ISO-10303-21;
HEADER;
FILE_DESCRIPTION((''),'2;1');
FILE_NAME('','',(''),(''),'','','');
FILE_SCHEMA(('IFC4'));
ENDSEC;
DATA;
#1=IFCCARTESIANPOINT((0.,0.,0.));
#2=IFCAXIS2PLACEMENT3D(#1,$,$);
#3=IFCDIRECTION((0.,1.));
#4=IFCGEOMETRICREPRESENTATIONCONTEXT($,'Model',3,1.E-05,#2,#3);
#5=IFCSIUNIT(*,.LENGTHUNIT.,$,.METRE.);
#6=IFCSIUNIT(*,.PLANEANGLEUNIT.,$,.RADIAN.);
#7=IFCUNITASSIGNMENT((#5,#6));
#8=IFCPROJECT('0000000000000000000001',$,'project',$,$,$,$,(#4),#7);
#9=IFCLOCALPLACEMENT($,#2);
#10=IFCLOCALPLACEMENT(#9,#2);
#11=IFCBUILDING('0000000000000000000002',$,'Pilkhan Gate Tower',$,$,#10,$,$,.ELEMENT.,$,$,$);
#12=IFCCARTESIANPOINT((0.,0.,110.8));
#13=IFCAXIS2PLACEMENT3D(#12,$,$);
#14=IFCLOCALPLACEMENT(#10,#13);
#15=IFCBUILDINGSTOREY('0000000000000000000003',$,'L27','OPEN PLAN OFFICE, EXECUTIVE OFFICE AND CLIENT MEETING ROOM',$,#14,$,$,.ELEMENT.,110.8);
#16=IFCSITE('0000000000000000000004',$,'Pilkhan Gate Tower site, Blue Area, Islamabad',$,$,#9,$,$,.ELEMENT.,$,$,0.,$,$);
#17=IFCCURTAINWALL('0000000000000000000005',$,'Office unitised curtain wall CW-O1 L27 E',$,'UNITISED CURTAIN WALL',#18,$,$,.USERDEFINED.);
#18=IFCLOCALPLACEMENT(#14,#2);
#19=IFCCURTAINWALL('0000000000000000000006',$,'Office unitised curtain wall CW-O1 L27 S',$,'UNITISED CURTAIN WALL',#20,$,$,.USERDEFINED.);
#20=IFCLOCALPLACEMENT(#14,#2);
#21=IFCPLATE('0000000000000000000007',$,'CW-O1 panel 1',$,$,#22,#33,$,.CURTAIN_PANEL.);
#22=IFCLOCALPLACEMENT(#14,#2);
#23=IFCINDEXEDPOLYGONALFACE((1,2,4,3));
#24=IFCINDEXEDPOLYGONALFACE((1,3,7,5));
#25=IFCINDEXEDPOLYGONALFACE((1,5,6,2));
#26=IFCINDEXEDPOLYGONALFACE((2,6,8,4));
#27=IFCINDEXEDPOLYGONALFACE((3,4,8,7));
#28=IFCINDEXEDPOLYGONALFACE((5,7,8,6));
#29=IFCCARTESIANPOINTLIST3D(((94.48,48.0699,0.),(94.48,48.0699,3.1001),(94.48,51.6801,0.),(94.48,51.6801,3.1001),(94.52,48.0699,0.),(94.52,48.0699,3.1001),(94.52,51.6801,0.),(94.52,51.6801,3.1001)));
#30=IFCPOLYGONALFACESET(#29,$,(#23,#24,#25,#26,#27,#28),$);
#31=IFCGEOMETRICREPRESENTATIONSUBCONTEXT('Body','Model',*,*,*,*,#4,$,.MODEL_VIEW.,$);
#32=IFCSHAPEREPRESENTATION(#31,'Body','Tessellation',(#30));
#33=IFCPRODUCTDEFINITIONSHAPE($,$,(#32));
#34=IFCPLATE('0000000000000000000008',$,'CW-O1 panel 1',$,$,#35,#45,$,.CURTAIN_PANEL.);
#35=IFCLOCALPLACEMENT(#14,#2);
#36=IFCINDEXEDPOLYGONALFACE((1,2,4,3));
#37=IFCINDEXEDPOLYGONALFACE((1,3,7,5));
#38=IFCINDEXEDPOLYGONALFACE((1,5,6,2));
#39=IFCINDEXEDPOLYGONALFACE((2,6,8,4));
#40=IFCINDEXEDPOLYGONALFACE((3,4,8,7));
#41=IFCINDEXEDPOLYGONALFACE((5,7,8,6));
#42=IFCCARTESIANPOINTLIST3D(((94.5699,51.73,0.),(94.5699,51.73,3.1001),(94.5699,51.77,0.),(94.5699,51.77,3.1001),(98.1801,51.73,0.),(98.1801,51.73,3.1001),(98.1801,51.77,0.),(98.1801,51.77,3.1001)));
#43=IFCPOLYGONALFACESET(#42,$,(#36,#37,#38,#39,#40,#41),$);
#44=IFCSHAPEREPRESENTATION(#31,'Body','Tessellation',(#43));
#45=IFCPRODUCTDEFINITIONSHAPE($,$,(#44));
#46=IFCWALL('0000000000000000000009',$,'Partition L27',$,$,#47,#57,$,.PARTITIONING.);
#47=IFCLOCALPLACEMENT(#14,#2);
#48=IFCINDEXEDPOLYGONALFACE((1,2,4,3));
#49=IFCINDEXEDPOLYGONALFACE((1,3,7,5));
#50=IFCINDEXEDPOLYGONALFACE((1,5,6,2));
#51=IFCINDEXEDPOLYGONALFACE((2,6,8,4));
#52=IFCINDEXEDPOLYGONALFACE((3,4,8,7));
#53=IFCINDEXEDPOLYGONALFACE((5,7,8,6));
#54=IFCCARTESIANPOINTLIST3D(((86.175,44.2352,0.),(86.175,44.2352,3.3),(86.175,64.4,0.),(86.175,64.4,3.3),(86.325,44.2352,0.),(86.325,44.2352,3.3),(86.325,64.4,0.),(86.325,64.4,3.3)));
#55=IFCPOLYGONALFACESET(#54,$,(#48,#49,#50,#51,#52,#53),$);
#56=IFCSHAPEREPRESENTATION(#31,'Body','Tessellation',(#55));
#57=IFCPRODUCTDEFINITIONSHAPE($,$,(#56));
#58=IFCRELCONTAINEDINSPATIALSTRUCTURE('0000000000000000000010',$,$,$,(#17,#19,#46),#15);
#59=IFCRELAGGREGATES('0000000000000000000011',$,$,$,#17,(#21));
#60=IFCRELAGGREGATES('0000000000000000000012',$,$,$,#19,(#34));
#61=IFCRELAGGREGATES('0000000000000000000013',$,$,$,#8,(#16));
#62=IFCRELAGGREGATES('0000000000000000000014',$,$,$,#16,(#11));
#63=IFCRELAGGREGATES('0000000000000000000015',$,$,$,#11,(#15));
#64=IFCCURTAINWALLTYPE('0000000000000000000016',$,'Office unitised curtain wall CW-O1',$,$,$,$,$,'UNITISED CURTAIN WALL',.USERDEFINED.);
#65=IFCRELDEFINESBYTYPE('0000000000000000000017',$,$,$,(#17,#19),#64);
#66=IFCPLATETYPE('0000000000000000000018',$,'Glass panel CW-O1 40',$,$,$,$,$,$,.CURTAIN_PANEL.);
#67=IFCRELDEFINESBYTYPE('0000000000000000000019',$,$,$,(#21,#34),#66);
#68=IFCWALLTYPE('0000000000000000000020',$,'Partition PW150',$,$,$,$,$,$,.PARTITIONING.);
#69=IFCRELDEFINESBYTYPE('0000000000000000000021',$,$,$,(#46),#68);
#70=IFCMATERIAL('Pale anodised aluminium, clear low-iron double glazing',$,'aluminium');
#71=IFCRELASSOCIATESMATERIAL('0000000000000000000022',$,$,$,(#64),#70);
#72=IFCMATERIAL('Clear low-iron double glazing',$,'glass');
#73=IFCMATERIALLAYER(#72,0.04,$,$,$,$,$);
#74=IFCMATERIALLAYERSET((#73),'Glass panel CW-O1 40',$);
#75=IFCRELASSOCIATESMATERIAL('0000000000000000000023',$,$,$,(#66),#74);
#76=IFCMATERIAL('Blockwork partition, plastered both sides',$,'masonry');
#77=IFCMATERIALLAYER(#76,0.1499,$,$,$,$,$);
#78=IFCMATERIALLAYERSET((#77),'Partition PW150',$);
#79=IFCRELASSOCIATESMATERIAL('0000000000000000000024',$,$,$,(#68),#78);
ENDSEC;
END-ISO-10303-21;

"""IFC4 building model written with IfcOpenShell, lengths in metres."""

from ifc_helpers import new_model, si_unit, direction, frame, frame_2d, origin, origin_2d, place, context, subcontext, project, spatial, rectangle, extrude, material, layer, layer_set, type_object, element, aggregate, save


model = new_model("IFC4")

# Units and contexts
model_context = context("Model", 3, precision=1e-05, world=origin(), true_north=direction((0.0, 1.0)))
body_context = subcontext(model_context, "Body", "Model", "MODEL_VIEW")
ifc_project = project(units=[si_unit("LENGTHUNIT", "METRE"), si_unit("PLANEANGLEUNIT", "RADIAN")], contexts=[model_context])

# Site, building, storey
site_placement = place(None, origin())
site = spatial("IfcSite", under=ifc_project, at=site_placement, Name="Pilkhan Gate Tower site, Blue Area, Islamabad", CompositionType="ELEMENT", RefElevation=0.0)
building_placement = place(site_placement, origin())
building = spatial("IfcBuilding", under=site, at=building_placement, Name="Pilkhan Gate Tower", CompositionType="ELEMENT")
storey_placement = place(building_placement, frame((0.0, 0.0, 110.8)))
storey = spatial("IfcBuildingStorey", under=building, at=storey_placement, Name="L27", Description="OPEN PLAN OFFICE, EXECUTIVE OFFICE AND CLIENT MEETING ROOM", CompositionType="ELEMENT", Elevation=110.8)

# Shared definitions
ifc_material_1 = material(Name="Pale anodised aluminium, clear low-iron double glazing", Category="aluminium")
curtain_wall_type = type_object("IfcCurtainWallType", Name="Office unitised curtain wall CW-O1", ElementType="UNITISED CURTAIN WALL", PredefinedType="USERDEFINED", material=ifc_material_1)

# Curtain walls
curtain_wall_1_placement = place(storey_placement, origin())
curtain_wall_1 = element("IfcCurtainWall", 1, at=curtain_wall_1_placement, inside=storey, type_object=curtain_wall_type, Name="Office unitised curtain wall CW-O1 L27 E", ObjectType="UNITISED CURTAIN WALL", PredefinedType="USERDEFINED")
curtain_wall_2_placement = place(storey_placement, origin())
curtain_wall_2 = element("IfcCurtainWall", 2, at=curtain_wall_2_placement, inside=storey, type_object=curtain_wall_type, Name="Office unitised curtain wall CW-O1 L27 S", ObjectType="UNITISED CURTAIN WALL", PredefinedType="USERDEFINED")

# Plates
ifc_material_2 = material(Name="Clear low-iron double glazing", Category="glass")
ifc_layer_1 = layer(ifc_material_2, 0.04)
ifc_layer_set_1 = layer_set([ifc_layer_1], Name="Glass panel CW-O1 40")
plate_type = type_object("IfcPlateType", Name="Glass panel CW-O1 40", PredefinedType="CURTAIN_PANEL", material=ifc_layer_set_1)
plate_1_placement = place(storey_placement, frame((94.5, 49.875, 0.0), z_axis=(0.0, 0.0, 1.0), x_axis=(0.0, 1.0, 0.0)))
plate_1 = element("IfcPlate", 3, at=plate_1_placement, type_object=plate_type, Name="CW-O1 panel 1", PredefinedType="CURTAIN_PANEL", context=body_context, shape_type="SweptSolid", body=[
    extrude(rectangle(XDim=3.6101, YDim=0.04, at=origin_2d()), origin(), (0.0, 0.0, 1.0), 3.1001),
])
aggregate(curtain_wall_1, [plate_1])
plate_2_placement = place(storey_placement, frame((96.375, 51.75, 0.0), z_axis=(0.0, 0.0, 1.0), x_axis=(1.0, 0.0, 0.0)))
plate_2 = element("IfcPlate", 4, at=plate_2_placement, type_object=plate_type, Name="CW-O1 panel 1", PredefinedType="CURTAIN_PANEL", context=body_context, shape_type="SweptSolid", body=[
    extrude(rectangle(XDim=3.6101, YDim=0.04, at=origin_2d()), origin(), (0.0, 0.0, 1.0), 3.1001),
])
aggregate(curtain_wall_2, [plate_2])

# Wall
ifc_material_3 = material(Name="Blockwork partition, plastered both sides", Category="masonry")
ifc_layer_2 = layer(ifc_material_3, 0.1499)
ifc_layer_set_2 = layer_set([ifc_layer_2], Name="Partition PW150")
wall_type = type_object("IfcWallType", Name="Partition PW150", PredefinedType="PARTITIONING", material=ifc_layer_set_2)
wall_placement = place(storey_placement, frame((86.25, 44.2351, 0.0), z_axis=(0.0, 0.0, 1.0), x_axis=(0.0, 1.0, 0.0)))
element("IfcWall", 5, at=wall_placement, inside=storey, type_object=wall_type, Name="Partition L27", PredefinedType="PARTITIONING", context=body_context, shape_type="SweptSolid", body=[
    extrude(rectangle(XDim=20.1648, YDim=0.1499, at=frame_2d((10.0825, 0.0))), origin(), (0.0, 0.0, 1.0), 3.3),
])

save(model, "model.ifc")
